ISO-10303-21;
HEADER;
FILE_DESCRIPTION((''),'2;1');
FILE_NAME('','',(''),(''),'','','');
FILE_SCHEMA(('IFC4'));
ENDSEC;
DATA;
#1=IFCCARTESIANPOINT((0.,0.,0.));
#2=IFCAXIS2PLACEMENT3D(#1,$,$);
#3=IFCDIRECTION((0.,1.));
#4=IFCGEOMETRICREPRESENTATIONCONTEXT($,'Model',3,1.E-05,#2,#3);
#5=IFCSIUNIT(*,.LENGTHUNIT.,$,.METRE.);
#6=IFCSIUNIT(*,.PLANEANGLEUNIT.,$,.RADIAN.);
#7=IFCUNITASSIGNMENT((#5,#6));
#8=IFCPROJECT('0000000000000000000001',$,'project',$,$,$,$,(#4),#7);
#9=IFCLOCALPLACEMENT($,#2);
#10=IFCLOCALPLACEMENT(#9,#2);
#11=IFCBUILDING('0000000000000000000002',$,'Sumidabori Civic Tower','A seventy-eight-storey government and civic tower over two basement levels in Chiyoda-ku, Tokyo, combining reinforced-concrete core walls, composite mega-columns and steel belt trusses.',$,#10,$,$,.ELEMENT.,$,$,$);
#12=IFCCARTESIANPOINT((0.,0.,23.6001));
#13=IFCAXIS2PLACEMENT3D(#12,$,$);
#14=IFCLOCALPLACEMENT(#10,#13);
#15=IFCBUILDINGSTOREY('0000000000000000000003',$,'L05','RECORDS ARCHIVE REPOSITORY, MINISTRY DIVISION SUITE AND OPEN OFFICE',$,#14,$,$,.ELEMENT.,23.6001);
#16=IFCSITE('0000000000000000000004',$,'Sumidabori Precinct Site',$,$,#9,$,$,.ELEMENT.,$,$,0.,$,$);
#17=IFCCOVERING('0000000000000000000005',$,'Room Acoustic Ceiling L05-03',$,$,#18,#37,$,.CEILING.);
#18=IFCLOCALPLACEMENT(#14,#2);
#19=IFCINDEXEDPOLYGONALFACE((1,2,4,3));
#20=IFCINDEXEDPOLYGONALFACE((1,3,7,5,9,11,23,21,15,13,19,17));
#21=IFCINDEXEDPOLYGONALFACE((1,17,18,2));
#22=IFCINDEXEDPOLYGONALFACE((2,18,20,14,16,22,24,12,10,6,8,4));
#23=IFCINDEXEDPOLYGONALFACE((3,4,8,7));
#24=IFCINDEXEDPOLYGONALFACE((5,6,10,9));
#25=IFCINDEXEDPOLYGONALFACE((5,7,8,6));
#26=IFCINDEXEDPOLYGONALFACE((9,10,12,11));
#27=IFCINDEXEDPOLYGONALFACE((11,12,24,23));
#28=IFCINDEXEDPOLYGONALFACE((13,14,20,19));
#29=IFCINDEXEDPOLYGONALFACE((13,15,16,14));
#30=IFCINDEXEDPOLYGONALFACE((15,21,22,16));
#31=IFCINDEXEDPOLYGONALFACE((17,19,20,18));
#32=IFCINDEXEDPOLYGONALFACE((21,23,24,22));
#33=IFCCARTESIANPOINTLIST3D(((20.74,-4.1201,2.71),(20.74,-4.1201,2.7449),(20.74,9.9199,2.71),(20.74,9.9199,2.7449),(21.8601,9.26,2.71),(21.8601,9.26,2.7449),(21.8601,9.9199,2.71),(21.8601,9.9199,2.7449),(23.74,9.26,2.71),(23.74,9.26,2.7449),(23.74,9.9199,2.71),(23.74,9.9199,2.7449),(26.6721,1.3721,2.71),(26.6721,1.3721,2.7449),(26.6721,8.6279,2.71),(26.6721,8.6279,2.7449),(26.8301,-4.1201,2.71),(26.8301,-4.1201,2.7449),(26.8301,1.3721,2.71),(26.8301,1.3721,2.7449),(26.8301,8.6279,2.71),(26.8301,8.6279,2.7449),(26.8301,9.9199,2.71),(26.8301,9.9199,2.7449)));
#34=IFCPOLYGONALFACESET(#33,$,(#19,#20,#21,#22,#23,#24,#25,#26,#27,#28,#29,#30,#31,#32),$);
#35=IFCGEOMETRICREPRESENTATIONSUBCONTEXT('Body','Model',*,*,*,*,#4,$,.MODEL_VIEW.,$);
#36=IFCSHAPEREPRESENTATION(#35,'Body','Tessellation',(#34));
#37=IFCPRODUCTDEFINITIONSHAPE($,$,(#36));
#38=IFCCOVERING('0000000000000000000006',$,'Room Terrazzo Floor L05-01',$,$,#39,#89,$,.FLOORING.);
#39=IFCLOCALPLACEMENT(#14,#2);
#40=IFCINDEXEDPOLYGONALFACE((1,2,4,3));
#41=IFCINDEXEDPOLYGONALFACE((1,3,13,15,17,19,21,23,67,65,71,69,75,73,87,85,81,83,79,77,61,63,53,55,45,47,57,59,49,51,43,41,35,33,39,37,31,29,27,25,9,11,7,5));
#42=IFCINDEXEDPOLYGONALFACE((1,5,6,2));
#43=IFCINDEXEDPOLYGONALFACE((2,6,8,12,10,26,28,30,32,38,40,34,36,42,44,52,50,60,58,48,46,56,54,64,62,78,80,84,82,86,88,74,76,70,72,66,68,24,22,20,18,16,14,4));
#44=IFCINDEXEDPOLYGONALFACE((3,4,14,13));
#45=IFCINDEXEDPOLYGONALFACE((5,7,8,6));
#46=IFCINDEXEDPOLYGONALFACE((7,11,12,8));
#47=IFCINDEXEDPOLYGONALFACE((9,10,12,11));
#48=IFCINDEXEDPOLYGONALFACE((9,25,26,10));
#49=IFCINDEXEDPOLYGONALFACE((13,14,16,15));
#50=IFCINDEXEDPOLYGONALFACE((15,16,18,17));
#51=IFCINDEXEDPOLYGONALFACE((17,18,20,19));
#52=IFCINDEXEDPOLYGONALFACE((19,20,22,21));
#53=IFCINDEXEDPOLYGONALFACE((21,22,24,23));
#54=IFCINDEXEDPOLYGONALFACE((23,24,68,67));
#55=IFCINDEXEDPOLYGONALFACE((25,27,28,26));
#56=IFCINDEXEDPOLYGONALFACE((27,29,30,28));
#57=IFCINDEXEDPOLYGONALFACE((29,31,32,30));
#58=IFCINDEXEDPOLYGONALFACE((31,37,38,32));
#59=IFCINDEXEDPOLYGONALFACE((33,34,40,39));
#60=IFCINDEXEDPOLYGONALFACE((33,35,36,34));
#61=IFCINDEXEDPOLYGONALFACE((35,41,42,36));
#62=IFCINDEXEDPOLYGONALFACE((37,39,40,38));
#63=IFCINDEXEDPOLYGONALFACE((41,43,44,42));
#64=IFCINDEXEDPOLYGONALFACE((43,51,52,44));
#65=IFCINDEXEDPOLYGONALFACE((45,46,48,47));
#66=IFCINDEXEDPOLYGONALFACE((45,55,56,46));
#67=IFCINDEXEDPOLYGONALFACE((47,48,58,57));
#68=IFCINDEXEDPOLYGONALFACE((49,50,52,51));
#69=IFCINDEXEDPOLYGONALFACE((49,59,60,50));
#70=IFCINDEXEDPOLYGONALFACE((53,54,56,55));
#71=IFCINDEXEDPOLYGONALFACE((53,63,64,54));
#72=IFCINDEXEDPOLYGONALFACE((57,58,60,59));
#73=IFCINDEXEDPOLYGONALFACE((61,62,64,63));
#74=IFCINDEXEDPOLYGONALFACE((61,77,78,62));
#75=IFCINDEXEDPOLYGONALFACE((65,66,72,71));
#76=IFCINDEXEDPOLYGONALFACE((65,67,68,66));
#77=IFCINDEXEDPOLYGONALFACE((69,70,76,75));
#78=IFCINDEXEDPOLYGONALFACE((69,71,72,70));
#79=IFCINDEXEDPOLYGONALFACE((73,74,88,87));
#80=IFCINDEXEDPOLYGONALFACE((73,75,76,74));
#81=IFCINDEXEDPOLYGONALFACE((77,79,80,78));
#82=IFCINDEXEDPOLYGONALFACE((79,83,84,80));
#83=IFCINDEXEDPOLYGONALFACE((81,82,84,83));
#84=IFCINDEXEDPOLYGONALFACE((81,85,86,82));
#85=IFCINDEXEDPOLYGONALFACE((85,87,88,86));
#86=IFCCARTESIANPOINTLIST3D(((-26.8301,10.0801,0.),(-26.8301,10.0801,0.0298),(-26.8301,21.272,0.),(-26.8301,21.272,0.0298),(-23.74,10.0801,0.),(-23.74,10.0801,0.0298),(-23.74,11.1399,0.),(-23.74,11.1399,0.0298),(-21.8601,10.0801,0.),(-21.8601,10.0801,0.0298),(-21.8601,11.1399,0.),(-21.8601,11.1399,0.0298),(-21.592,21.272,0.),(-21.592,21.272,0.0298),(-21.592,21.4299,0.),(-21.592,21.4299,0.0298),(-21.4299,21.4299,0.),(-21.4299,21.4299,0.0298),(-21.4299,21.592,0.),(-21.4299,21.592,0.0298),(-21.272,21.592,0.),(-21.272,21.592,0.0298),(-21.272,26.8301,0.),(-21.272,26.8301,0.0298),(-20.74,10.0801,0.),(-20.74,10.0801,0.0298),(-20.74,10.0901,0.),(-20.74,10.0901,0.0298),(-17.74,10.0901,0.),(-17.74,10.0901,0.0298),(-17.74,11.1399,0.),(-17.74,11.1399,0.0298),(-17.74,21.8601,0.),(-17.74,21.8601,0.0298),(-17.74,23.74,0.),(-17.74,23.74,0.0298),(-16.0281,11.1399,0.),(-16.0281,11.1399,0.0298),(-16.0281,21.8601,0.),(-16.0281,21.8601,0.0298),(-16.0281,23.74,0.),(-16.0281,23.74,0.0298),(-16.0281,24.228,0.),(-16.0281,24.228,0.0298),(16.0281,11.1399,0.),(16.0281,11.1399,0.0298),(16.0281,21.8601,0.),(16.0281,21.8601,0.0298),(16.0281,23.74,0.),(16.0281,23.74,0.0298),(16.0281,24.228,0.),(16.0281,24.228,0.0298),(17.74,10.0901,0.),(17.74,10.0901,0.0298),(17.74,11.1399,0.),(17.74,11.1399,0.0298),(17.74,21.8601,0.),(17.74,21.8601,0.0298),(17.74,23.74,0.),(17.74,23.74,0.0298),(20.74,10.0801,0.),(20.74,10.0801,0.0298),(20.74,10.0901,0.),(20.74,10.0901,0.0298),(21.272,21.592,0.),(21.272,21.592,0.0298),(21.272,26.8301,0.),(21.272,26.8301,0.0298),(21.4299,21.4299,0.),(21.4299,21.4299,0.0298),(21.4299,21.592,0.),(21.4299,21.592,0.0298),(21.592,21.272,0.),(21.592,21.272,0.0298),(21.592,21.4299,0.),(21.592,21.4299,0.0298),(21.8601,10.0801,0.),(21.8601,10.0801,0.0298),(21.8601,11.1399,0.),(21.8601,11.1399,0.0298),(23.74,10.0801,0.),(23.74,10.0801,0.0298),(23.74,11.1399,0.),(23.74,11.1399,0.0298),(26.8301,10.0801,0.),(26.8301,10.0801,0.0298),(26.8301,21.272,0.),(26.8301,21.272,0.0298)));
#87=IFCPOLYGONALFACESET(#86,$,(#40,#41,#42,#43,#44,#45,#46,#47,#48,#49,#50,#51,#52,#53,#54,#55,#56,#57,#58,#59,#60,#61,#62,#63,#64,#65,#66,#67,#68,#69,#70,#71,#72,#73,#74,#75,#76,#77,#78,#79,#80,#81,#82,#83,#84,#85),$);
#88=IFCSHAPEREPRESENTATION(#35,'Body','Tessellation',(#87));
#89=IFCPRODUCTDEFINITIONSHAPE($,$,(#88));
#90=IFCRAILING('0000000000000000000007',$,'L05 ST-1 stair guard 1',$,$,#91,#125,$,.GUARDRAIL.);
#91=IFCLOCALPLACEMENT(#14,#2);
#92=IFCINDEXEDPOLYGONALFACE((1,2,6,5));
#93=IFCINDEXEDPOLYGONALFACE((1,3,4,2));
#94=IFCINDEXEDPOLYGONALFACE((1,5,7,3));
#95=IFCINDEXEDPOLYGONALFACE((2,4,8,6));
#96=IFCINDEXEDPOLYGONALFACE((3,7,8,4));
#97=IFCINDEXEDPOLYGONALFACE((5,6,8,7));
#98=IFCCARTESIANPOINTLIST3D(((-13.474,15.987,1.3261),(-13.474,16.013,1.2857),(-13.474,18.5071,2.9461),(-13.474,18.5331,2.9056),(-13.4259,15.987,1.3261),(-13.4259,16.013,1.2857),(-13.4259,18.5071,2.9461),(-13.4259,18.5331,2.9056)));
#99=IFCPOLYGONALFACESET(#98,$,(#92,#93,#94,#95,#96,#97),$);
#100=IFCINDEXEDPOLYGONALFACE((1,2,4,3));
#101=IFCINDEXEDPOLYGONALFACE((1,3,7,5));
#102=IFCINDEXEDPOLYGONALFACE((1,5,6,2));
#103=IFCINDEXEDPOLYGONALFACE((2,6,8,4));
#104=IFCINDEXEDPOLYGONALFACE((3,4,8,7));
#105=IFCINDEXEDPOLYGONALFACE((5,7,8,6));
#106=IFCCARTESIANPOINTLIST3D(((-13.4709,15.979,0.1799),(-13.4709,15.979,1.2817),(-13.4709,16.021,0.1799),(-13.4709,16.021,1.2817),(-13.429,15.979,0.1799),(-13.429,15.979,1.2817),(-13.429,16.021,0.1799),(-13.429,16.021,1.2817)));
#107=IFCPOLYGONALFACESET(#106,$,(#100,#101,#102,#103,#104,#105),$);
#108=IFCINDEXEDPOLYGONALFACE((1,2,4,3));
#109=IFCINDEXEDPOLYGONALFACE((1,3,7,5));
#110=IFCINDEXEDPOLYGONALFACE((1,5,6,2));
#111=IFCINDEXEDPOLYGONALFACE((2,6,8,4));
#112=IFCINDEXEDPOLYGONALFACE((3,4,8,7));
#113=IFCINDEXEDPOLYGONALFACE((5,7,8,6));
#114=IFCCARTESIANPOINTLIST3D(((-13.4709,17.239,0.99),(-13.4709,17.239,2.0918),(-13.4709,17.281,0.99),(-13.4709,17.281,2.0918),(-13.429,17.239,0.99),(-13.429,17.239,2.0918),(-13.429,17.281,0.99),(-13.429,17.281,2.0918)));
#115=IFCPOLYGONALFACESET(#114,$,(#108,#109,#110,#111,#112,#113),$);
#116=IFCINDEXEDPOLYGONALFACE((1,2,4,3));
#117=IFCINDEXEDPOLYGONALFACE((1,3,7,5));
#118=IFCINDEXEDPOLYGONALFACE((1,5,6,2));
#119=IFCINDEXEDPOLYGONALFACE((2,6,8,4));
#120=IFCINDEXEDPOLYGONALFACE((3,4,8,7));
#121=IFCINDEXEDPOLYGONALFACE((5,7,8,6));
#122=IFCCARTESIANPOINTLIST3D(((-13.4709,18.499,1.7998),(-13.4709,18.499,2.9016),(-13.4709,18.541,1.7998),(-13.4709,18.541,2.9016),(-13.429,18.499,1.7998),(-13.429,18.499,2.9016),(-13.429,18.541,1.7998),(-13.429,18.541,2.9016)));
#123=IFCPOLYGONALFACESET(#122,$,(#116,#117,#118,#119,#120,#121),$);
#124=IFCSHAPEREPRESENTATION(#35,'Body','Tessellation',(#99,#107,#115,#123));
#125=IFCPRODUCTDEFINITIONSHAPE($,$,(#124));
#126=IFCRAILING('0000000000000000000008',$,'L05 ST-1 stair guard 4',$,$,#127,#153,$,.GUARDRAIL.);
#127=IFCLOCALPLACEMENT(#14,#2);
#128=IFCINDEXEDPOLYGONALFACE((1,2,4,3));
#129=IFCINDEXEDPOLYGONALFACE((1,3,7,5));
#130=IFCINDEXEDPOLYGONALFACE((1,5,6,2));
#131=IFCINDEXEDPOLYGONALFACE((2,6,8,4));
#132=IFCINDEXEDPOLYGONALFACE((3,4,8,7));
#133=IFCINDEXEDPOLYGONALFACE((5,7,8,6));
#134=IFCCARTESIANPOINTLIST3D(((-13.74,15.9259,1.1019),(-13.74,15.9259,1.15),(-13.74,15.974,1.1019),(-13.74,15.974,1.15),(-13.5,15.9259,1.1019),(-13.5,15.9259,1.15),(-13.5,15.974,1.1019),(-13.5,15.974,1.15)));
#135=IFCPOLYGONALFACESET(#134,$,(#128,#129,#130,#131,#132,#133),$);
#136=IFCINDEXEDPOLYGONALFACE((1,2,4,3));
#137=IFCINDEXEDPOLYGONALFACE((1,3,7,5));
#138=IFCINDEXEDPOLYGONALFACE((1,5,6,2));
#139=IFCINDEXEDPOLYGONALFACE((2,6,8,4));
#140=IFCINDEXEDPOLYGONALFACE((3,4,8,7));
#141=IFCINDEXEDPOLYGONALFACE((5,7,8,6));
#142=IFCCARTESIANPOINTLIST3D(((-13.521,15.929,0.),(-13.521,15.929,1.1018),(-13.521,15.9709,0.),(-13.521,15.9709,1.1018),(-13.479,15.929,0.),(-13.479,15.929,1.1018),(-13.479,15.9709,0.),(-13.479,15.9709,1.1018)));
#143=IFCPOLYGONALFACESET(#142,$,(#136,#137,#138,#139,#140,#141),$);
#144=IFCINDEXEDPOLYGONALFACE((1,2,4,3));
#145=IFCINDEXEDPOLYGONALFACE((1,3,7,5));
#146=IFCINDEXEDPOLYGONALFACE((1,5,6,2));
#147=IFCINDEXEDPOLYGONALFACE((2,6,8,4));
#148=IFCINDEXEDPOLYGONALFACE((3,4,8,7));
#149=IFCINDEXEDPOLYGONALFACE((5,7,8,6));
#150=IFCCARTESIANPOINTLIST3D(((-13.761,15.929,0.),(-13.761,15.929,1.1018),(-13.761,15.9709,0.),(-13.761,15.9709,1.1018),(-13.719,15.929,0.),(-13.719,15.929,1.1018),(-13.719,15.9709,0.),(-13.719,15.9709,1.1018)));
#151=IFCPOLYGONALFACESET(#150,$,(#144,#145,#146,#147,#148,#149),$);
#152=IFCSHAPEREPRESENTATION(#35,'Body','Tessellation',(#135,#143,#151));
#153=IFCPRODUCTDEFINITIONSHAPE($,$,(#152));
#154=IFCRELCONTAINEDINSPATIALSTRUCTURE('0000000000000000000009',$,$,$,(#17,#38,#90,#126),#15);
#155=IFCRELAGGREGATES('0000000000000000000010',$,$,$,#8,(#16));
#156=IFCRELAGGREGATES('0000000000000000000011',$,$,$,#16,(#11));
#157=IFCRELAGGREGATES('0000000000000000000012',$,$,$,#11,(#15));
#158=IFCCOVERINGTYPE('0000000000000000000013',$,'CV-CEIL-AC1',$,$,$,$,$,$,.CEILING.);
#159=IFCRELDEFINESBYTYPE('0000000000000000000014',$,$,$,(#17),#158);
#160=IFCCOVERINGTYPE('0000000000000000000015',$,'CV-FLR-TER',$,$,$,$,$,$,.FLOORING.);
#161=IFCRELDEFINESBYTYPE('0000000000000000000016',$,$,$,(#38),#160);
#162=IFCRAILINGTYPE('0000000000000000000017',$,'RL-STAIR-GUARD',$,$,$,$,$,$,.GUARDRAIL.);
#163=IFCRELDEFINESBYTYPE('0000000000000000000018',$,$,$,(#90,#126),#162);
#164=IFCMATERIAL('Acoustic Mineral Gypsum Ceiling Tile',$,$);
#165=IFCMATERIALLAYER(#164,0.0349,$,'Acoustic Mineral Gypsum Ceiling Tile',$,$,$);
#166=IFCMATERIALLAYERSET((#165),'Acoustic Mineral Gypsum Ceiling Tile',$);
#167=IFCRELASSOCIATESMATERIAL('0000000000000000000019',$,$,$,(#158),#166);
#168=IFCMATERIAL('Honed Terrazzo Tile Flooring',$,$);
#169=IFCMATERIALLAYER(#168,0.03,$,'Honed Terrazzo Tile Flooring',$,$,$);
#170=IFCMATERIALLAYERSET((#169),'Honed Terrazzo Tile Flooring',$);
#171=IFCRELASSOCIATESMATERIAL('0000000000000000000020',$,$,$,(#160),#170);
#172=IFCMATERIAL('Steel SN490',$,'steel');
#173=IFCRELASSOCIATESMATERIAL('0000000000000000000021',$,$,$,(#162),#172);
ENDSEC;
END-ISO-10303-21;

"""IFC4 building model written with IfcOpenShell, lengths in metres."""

from ifc_helpers import new_model, si_unit, direction, frame, origin, origin_2d, place, context, subcontext, project, spatial, polyline, rectangle, outline, extrude, material, layer, layer_set, type_object, element, save


model = new_model("IFC4")

# Units and contexts
model_context = context("Model", 3, precision=1e-05, world=origin(), true_north=direction((0.0, 1.0)))
body_context = subcontext(model_context, "Body", "Model", "MODEL_VIEW")
ifc_project = project(units=[si_unit("LENGTHUNIT", "METRE"), si_unit("PLANEANGLEUNIT", "RADIAN")], contexts=[model_context])

# Site, building, storey
site_placement = place(None, origin())
site = spatial("IfcSite", under=ifc_project, at=site_placement, Name="Sumidabori Precinct Site", CompositionType="ELEMENT", RefElevation=0.0)
building_placement = place(site_placement, origin())
building = spatial("IfcBuilding", under=site, at=building_placement, Name="Sumidabori Civic Tower", Description="A seventy-eight-storey government and civic tower over two basement levels in Chiyoda-ku, Tokyo, combining reinforced-concrete core walls, composite mega-columns and steel belt trusses.", CompositionType="ELEMENT")
storey_placement = place(building_placement, frame((0.0, 0.0, 23.6001)))
storey = spatial("IfcBuildingStorey", under=building, at=storey_placement, Name="L05", Description="RECORDS ARCHIVE REPOSITORY, MINISTRY DIVISION SUITE AND OPEN OFFICE", CompositionType="ELEMENT", Elevation=23.6001)

# Shared definitions
ifc_material_1 = material(Name="Steel SN490", Category="steel")

# Coverings
ifc_material_2 = material(Name="Acoustic Mineral Gypsum Ceiling Tile")
ifc_layer_1 = layer(ifc_material_2, 0.0349, Name="Acoustic Mineral Gypsum Ceiling Tile")
ifc_layer_set_1 = layer_set([ifc_layer_1], Name="Acoustic Mineral Gypsum Ceiling Tile")
covering_type_1 = type_object("IfcCoveringType", Name="CV-CEIL-AC1", PredefinedType="CEILING", material=ifc_layer_set_1)
covering_1_placement = place(storey_placement, frame((0.0, 0.0, 2.71)))
element("IfcCovering", 1, at=covering_1_placement, inside=storey, type_object=covering_type_1, Name="Room Acoustic Ceiling L05-03", PredefinedType="CEILING", context=body_context, shape_type="SweptSolid", body=[
    extrude(outline(polyline([(20.74, 9.9199), (21.8601, 9.9199), (21.8601, 9.26), (23.74, 9.26), (23.74, 9.9199), (26.8301, 9.9199), (26.8301, 8.6279), (26.6721, 8.6279), (26.6721, 1.3721), (26.8301, 1.3721), (26.8301, -4.1201), (20.74, -4.1201), (20.74, 9.9199)])), origin(), (0.0, 0.0, 1.0), 0.0349),
])
ifc_material_3 = material(Name="Honed Terrazzo Tile Flooring")
ifc_layer_2 = layer(ifc_material_3, 0.03, Name="Honed Terrazzo Tile Flooring")
ifc_layer_set_2 = layer_set([ifc_layer_2], Name="Honed Terrazzo Tile Flooring")
covering_type_2 = type_object("IfcCoveringType", Name="CV-FLR-TER", PredefinedType="FLOORING", material=ifc_layer_set_2)
covering_2_placement = place(storey_placement, origin())
element("IfcCovering", 2, at=covering_2_placement, inside=storey, type_object=covering_type_2, Name="Room Terrazzo Floor L05-01", PredefinedType="FLOORING", context=body_context, shape_type="SweptSolid", body=[
    extrude(outline(polyline([(-21.8601, 11.1399), (-23.74, 11.1399), (-23.74, 10.0801), (-26.8301, 10.0801), (-26.8301, 21.272), (-21.592, 21.272), (-21.592, 21.4299), (-21.4299, 21.4299), (-21.4299, 21.592), (-21.272, 21.592), (-21.272, 26.8301), (21.272, 26.8301), (21.272, 21.592), (21.4299, 21.592), (21.4299, 21.4299), (21.592, 21.4299), (21.592, 21.272), (26.8301, 21.272), (26.8301, 10.0801), (23.74, 10.0801), (23.74, 11.1399), (21.8601, 11.1399), (21.8601, 10.0801), (20.74, 10.0801), (20.74, 10.0901), (17.74, 10.0901), (17.74, 11.1399), (16.0281, 11.1399), (16.0281, 21.8601), (17.74, 21.8601), (17.74, 23.74), (16.0281, 23.74), (16.0281, 24.228), (-16.0281, 24.228), (-16.0281, 23.74), (-17.74, 23.74), (-17.74, 21.8601), (-16.0281, 21.8601), (-16.0281, 11.1399), (-17.74, 11.1399), (-17.74, 10.0901), (-20.74, 10.0901), (-20.74, 10.0801), (-21.8601, 10.0801), (-21.8601, 11.1399)])), origin(), (0.0, 0.0, 1.0), 0.0298),
])

# Railings
railing_type = type_object("IfcRailingType", Name="RL-STAIR-GUARD", PredefinedType="GUARDRAIL", material=ifc_material_1)
railing_1_placement = place(storey_placement, frame((-13.45, 16.0, 0.1799)))
element("IfcRailing", 3, at=railing_1_placement, inside=storey, type_object=railing_type, Name="L05 ST-1 stair guard 1", PredefinedType="GUARDRAIL", context=body_context, shape_type="SweptSolid", body=[
    extrude(rectangle(XDim=0.0481, YDim=0.0481, at=origin_2d()), frame((0.0, 0.0, 1.126), z_axis=(0.0, 0.8412, 0.540725), x_axis=(-1.0, 0.0, 0.0)), (0.0, 0.0, 1.0), 2.9958),
    extrude(rectangle(XDim=0.042, YDim=0.042, at=origin_2d()), origin(), (0.0, 0.0, 1.0), 1.1018),
    extrude(rectangle(XDim=0.042, YDim=0.042, at=origin_2d()), frame((0.0, 1.26, 0.8101)), (0.0, 0.0, 1.0), 1.1018),
    extrude(rectangle(XDim=0.042, YDim=0.042, at=origin_2d()), frame((0.0, 2.52, 1.6199)), (0.0, 0.0, 1.0), 1.1018),
])
railing_2_placement = place(storey_placement, frame((-13.5, 15.95, 0.0)))
element("IfcRailing", 4, at=railing_2_placement, inside=storey, type_object=railing_type, Name="L05 ST-1 stair guard 4", PredefinedType="GUARDRAIL", context=body_context, shape_type="SweptSolid", body=[
    extrude(rectangle(XDim=0.0481, YDim=0.0481, at=origin_2d()), frame((0.0, 0.0, 1.126), z_axis=(-1.0, 0.0, 0.0), x_axis=(0.0, -1.0, 0.0)), (0.0, 0.0, 1.0), 0.24),
    extrude(rectangle(XDim=0.042, YDim=0.042, at=origin_2d()), origin(), (0.0, 0.0, 1.0), 1.1018),
    extrude(rectangle(XDim=0.042, YDim=0.042, at=origin_2d()), frame((-0.24, 0.0, 0.0)), (0.0, 0.0, 1.0), 1.1018),
])

save(model, "model.ifc")
